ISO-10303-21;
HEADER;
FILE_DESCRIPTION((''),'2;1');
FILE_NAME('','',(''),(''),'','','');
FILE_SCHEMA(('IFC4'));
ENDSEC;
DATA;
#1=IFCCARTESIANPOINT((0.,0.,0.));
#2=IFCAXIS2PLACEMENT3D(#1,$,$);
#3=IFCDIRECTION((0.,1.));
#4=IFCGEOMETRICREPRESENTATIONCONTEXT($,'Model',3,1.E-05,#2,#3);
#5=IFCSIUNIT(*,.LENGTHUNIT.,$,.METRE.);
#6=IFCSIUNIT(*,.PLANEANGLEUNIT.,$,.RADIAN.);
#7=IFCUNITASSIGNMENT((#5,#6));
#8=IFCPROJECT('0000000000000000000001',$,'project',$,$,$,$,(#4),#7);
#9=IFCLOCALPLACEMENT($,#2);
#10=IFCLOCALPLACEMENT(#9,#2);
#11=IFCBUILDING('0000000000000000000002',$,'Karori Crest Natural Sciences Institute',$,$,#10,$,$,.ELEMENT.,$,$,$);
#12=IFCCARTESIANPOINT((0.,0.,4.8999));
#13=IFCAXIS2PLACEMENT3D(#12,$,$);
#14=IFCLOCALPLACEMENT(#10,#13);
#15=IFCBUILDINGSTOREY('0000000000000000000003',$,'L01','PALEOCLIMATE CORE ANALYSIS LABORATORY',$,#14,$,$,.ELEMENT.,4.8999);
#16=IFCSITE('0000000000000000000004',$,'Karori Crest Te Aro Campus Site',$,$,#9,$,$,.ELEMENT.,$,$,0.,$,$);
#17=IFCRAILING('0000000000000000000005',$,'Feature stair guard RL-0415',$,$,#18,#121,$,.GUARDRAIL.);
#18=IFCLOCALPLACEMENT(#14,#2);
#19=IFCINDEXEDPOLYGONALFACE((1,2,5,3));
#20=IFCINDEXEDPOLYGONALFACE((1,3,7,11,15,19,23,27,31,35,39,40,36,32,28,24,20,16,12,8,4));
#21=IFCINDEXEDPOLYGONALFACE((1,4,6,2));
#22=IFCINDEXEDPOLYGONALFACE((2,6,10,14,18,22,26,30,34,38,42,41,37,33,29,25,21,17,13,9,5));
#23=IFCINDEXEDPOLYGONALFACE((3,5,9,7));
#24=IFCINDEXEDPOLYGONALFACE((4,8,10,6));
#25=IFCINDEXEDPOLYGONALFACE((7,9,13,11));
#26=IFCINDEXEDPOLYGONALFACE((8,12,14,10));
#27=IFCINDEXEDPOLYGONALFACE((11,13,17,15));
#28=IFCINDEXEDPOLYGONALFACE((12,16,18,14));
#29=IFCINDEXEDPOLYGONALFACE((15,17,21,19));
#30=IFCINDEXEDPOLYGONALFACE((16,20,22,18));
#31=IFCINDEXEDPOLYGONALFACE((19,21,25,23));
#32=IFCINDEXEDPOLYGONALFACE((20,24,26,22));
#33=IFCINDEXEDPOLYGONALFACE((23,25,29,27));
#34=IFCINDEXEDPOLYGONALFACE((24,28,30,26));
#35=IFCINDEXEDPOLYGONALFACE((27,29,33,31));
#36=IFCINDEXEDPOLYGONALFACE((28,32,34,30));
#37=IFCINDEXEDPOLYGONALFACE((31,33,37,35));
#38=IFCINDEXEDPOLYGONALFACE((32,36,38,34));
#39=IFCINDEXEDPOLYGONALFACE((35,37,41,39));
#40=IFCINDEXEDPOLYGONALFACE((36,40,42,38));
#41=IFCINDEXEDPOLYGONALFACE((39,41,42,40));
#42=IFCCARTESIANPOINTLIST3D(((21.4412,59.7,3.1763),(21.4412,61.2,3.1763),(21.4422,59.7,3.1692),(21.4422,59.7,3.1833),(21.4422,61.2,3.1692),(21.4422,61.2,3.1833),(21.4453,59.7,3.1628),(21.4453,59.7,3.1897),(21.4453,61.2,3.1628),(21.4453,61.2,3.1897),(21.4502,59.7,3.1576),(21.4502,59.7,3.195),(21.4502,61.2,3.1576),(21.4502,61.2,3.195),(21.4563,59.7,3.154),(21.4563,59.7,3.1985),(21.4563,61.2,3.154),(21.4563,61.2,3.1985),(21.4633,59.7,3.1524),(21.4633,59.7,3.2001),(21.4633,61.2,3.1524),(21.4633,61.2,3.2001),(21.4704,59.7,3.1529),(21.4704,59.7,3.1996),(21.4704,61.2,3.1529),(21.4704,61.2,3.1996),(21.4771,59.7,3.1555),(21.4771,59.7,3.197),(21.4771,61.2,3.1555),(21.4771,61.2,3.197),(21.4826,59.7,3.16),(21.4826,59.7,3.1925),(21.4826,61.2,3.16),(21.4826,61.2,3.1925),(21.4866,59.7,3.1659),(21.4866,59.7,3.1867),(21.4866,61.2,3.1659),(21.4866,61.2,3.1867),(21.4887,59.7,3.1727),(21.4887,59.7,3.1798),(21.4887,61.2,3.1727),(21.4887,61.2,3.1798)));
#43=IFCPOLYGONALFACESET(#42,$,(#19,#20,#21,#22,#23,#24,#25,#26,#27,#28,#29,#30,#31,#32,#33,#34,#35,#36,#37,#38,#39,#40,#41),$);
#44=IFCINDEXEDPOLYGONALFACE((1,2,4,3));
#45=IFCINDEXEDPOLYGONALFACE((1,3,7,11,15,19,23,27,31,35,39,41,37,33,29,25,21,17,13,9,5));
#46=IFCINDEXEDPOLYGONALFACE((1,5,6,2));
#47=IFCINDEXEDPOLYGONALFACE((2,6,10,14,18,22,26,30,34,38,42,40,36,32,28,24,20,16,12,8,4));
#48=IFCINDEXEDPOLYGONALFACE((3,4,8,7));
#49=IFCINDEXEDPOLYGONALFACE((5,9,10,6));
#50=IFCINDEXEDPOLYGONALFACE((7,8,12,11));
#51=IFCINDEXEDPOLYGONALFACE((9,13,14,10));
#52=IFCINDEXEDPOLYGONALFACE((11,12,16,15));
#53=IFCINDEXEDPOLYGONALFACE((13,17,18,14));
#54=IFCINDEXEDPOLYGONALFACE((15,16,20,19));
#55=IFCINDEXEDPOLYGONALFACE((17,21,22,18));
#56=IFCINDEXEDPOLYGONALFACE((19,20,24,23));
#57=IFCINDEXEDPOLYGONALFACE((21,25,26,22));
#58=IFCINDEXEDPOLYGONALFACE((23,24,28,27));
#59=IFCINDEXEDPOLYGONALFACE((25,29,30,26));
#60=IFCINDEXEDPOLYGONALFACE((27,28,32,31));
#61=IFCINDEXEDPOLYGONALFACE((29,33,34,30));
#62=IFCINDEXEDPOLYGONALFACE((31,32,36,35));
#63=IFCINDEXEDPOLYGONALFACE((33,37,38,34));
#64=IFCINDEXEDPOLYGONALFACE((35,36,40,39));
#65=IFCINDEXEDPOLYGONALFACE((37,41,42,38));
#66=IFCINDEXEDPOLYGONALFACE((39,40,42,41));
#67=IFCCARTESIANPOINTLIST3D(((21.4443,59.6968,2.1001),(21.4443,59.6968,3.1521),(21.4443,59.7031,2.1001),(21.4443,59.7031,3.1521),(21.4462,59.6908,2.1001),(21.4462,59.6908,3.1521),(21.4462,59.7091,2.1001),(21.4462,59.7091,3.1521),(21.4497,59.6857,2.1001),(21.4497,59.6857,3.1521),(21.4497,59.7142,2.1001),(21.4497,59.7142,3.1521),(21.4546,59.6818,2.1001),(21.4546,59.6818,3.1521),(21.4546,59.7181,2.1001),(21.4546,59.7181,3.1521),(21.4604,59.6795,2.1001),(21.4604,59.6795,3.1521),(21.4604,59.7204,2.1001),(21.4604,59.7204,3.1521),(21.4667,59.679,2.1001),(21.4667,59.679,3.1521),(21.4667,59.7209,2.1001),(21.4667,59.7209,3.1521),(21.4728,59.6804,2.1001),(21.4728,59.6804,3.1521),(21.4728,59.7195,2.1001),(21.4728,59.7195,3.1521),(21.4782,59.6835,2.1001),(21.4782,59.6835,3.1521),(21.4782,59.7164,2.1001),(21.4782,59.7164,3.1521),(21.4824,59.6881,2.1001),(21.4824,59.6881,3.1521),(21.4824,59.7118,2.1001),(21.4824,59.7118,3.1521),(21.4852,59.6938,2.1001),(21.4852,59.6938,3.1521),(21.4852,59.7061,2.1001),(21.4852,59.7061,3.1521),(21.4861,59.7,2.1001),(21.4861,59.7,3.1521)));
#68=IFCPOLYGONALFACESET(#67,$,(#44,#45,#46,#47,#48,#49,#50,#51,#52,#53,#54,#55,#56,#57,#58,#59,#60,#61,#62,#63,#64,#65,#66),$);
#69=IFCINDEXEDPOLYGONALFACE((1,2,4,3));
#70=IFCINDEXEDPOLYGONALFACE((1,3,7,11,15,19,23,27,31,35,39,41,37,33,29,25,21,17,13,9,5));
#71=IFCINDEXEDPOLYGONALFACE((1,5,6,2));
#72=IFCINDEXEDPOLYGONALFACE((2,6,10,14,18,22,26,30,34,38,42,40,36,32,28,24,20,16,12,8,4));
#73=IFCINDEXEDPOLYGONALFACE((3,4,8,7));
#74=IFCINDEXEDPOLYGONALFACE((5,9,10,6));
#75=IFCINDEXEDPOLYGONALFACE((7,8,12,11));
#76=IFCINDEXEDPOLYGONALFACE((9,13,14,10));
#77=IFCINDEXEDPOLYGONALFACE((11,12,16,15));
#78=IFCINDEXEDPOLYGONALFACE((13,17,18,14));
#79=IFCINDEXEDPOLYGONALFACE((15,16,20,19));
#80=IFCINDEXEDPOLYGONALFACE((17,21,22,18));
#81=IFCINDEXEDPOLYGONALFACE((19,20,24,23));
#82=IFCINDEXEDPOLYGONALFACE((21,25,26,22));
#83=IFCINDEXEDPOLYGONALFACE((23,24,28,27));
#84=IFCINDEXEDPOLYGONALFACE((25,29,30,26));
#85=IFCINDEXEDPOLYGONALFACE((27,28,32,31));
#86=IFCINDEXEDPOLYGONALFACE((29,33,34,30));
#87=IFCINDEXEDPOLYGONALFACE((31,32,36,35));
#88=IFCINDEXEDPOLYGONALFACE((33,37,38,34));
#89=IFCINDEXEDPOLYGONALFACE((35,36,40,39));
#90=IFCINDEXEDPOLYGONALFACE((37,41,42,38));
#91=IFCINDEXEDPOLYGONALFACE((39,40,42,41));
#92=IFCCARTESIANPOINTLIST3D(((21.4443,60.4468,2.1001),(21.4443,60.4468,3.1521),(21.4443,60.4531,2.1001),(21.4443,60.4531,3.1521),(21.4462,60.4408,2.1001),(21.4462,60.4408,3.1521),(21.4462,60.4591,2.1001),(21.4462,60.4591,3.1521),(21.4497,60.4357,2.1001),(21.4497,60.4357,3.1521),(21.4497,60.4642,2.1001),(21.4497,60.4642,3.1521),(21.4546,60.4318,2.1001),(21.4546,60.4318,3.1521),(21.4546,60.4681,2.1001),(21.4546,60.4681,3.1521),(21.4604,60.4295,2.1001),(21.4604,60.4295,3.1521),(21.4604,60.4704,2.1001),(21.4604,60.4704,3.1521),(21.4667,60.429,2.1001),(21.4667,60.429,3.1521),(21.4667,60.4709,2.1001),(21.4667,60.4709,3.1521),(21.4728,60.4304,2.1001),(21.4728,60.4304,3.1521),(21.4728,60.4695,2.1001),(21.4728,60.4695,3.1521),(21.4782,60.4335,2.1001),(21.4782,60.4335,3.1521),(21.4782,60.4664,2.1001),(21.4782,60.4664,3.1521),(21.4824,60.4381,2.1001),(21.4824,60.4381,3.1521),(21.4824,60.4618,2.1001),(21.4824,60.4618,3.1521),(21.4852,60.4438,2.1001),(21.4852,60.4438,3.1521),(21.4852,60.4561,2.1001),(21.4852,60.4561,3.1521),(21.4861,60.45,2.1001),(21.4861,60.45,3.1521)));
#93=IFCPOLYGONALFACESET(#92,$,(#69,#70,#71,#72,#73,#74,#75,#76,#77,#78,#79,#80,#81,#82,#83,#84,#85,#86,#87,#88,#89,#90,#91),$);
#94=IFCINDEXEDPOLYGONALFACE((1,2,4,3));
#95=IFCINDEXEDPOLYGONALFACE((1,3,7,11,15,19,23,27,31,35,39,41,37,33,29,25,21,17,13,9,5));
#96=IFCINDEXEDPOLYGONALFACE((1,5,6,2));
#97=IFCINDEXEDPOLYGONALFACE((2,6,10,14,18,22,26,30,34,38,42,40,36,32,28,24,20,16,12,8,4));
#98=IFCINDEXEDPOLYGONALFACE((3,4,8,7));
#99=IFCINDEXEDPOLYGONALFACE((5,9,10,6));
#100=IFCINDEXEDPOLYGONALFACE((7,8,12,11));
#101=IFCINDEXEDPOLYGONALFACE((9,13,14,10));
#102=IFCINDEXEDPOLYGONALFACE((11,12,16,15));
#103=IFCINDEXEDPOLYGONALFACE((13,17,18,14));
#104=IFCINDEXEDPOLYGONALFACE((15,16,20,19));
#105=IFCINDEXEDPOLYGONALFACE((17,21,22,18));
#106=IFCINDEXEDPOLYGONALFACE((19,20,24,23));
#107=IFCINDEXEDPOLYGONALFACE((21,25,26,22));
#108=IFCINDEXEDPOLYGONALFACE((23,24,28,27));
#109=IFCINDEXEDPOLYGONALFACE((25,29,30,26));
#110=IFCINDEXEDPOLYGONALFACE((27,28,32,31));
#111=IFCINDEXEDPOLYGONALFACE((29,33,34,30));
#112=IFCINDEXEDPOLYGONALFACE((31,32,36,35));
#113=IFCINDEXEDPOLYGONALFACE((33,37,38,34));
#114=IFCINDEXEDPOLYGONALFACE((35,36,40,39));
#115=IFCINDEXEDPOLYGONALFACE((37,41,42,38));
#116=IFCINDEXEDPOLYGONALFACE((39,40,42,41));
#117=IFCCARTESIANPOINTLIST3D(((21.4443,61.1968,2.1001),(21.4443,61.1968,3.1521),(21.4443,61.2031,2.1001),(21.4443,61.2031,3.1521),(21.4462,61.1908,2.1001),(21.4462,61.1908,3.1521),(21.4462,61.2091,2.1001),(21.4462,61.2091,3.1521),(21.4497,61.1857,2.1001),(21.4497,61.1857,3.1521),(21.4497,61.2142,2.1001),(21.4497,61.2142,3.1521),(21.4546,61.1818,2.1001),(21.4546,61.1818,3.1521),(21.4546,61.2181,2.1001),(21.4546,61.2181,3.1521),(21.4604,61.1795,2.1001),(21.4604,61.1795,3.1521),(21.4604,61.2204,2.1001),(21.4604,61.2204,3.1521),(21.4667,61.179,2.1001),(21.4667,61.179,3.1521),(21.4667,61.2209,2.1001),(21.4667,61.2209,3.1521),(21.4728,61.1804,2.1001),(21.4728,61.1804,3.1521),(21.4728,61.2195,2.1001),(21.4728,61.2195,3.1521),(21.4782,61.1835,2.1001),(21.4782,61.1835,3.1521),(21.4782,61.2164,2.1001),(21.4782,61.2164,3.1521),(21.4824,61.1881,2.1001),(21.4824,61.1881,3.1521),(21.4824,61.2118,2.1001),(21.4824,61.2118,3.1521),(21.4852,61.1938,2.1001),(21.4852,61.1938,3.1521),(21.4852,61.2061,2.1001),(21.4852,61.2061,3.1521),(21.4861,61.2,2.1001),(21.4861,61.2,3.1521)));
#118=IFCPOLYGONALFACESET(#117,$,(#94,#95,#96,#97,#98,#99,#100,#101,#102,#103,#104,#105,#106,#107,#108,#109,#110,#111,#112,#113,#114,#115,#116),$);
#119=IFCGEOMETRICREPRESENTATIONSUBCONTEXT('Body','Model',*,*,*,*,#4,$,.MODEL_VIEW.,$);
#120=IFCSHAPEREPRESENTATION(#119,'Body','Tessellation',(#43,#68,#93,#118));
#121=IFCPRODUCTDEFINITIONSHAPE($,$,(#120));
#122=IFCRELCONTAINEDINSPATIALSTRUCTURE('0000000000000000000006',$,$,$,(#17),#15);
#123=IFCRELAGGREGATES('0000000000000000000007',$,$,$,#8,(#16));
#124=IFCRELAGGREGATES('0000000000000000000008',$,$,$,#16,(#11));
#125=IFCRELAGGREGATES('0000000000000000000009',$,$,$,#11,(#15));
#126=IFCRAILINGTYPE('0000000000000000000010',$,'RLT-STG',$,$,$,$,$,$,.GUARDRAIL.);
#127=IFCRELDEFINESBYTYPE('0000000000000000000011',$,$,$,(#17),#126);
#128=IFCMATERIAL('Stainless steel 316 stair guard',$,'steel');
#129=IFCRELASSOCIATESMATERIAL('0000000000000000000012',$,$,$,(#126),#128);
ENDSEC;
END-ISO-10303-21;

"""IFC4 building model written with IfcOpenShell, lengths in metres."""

from ifc_helpers import new_model, si_unit, direction, frame, origin, origin_2d, place, context, subcontext, project, spatial, circle, extrude, material, type_object, element, save


model = new_model("IFC4")

# Units and contexts
model_context = context("Model", 3, precision=1e-05, world=origin(), true_north=direction((0.0, 1.0)))
body_context = subcontext(model_context, "Body", "Model", "MODEL_VIEW")
ifc_project = project(units=[si_unit("LENGTHUNIT", "METRE"), si_unit("PLANEANGLEUNIT", "RADIAN")], contexts=[model_context])

# Site, building, storey
site_placement = place(None, origin())
site = spatial("IfcSite", under=ifc_project, at=site_placement, Name="Karori Crest Te Aro Campus Site", CompositionType="ELEMENT", RefElevation=0.0)
building_placement = place(site_placement, origin())
building = spatial("IfcBuilding", under=site, at=building_placement, Name="Karori Crest Natural Sciences Institute", CompositionType="ELEMENT")
storey_placement = place(building_placement, frame((0.0, 0.0, 4.8999)))
storey = spatial("IfcBuildingStorey", under=building, at=storey_placement, Name="L01", Description="PALEOCLIMATE CORE ANALYSIS LABORATORY", CompositionType="ELEMENT", Elevation=4.8999)

# Railing
ifc_material_1 = material(Name="Stainless steel 316 stair guard", Category="steel")
railing_type = type_object("IfcRailingType", Name="RLT-STG", PredefinedType="GUARDRAIL", material=ifc_material_1)
railing_1_placement = place(storey_placement, frame((21.4651, 59.7, 2.1001)))
element("IfcRailing", 1, at=railing_1_placement, inside=storey, type_object=railing_type, Name="Feature stair guard RL-0415", PredefinedType="GUARDRAIL", context=body_context, shape_type="SweptSolid", body=[
    extrude(circle(Radius=0.0239, at=origin_2d()), frame((0.0, 0.0, 1.0762), z_axis=(0.0, 1.0, 0.0), x_axis=(-1.0, 0.0, 0.0)), (0.0, 0.0, 1.0), 1.5),
    extrude(circle(Radius=0.021, at=origin_2d()), origin(), (0.0, 0.0, 1.0), 1.052),
    extrude(circle(Radius=0.021, at=origin_2d()), frame((0.0, 0.75, 0.0)), (0.0, 0.0, 1.0), 1.052),
    extrude(circle(Radius=0.021, at=origin_2d()), frame((0.0, 1.5, 0.0)), (0.0, 0.0, 1.0), 1.052),
])

save(model, "model.ifc")
